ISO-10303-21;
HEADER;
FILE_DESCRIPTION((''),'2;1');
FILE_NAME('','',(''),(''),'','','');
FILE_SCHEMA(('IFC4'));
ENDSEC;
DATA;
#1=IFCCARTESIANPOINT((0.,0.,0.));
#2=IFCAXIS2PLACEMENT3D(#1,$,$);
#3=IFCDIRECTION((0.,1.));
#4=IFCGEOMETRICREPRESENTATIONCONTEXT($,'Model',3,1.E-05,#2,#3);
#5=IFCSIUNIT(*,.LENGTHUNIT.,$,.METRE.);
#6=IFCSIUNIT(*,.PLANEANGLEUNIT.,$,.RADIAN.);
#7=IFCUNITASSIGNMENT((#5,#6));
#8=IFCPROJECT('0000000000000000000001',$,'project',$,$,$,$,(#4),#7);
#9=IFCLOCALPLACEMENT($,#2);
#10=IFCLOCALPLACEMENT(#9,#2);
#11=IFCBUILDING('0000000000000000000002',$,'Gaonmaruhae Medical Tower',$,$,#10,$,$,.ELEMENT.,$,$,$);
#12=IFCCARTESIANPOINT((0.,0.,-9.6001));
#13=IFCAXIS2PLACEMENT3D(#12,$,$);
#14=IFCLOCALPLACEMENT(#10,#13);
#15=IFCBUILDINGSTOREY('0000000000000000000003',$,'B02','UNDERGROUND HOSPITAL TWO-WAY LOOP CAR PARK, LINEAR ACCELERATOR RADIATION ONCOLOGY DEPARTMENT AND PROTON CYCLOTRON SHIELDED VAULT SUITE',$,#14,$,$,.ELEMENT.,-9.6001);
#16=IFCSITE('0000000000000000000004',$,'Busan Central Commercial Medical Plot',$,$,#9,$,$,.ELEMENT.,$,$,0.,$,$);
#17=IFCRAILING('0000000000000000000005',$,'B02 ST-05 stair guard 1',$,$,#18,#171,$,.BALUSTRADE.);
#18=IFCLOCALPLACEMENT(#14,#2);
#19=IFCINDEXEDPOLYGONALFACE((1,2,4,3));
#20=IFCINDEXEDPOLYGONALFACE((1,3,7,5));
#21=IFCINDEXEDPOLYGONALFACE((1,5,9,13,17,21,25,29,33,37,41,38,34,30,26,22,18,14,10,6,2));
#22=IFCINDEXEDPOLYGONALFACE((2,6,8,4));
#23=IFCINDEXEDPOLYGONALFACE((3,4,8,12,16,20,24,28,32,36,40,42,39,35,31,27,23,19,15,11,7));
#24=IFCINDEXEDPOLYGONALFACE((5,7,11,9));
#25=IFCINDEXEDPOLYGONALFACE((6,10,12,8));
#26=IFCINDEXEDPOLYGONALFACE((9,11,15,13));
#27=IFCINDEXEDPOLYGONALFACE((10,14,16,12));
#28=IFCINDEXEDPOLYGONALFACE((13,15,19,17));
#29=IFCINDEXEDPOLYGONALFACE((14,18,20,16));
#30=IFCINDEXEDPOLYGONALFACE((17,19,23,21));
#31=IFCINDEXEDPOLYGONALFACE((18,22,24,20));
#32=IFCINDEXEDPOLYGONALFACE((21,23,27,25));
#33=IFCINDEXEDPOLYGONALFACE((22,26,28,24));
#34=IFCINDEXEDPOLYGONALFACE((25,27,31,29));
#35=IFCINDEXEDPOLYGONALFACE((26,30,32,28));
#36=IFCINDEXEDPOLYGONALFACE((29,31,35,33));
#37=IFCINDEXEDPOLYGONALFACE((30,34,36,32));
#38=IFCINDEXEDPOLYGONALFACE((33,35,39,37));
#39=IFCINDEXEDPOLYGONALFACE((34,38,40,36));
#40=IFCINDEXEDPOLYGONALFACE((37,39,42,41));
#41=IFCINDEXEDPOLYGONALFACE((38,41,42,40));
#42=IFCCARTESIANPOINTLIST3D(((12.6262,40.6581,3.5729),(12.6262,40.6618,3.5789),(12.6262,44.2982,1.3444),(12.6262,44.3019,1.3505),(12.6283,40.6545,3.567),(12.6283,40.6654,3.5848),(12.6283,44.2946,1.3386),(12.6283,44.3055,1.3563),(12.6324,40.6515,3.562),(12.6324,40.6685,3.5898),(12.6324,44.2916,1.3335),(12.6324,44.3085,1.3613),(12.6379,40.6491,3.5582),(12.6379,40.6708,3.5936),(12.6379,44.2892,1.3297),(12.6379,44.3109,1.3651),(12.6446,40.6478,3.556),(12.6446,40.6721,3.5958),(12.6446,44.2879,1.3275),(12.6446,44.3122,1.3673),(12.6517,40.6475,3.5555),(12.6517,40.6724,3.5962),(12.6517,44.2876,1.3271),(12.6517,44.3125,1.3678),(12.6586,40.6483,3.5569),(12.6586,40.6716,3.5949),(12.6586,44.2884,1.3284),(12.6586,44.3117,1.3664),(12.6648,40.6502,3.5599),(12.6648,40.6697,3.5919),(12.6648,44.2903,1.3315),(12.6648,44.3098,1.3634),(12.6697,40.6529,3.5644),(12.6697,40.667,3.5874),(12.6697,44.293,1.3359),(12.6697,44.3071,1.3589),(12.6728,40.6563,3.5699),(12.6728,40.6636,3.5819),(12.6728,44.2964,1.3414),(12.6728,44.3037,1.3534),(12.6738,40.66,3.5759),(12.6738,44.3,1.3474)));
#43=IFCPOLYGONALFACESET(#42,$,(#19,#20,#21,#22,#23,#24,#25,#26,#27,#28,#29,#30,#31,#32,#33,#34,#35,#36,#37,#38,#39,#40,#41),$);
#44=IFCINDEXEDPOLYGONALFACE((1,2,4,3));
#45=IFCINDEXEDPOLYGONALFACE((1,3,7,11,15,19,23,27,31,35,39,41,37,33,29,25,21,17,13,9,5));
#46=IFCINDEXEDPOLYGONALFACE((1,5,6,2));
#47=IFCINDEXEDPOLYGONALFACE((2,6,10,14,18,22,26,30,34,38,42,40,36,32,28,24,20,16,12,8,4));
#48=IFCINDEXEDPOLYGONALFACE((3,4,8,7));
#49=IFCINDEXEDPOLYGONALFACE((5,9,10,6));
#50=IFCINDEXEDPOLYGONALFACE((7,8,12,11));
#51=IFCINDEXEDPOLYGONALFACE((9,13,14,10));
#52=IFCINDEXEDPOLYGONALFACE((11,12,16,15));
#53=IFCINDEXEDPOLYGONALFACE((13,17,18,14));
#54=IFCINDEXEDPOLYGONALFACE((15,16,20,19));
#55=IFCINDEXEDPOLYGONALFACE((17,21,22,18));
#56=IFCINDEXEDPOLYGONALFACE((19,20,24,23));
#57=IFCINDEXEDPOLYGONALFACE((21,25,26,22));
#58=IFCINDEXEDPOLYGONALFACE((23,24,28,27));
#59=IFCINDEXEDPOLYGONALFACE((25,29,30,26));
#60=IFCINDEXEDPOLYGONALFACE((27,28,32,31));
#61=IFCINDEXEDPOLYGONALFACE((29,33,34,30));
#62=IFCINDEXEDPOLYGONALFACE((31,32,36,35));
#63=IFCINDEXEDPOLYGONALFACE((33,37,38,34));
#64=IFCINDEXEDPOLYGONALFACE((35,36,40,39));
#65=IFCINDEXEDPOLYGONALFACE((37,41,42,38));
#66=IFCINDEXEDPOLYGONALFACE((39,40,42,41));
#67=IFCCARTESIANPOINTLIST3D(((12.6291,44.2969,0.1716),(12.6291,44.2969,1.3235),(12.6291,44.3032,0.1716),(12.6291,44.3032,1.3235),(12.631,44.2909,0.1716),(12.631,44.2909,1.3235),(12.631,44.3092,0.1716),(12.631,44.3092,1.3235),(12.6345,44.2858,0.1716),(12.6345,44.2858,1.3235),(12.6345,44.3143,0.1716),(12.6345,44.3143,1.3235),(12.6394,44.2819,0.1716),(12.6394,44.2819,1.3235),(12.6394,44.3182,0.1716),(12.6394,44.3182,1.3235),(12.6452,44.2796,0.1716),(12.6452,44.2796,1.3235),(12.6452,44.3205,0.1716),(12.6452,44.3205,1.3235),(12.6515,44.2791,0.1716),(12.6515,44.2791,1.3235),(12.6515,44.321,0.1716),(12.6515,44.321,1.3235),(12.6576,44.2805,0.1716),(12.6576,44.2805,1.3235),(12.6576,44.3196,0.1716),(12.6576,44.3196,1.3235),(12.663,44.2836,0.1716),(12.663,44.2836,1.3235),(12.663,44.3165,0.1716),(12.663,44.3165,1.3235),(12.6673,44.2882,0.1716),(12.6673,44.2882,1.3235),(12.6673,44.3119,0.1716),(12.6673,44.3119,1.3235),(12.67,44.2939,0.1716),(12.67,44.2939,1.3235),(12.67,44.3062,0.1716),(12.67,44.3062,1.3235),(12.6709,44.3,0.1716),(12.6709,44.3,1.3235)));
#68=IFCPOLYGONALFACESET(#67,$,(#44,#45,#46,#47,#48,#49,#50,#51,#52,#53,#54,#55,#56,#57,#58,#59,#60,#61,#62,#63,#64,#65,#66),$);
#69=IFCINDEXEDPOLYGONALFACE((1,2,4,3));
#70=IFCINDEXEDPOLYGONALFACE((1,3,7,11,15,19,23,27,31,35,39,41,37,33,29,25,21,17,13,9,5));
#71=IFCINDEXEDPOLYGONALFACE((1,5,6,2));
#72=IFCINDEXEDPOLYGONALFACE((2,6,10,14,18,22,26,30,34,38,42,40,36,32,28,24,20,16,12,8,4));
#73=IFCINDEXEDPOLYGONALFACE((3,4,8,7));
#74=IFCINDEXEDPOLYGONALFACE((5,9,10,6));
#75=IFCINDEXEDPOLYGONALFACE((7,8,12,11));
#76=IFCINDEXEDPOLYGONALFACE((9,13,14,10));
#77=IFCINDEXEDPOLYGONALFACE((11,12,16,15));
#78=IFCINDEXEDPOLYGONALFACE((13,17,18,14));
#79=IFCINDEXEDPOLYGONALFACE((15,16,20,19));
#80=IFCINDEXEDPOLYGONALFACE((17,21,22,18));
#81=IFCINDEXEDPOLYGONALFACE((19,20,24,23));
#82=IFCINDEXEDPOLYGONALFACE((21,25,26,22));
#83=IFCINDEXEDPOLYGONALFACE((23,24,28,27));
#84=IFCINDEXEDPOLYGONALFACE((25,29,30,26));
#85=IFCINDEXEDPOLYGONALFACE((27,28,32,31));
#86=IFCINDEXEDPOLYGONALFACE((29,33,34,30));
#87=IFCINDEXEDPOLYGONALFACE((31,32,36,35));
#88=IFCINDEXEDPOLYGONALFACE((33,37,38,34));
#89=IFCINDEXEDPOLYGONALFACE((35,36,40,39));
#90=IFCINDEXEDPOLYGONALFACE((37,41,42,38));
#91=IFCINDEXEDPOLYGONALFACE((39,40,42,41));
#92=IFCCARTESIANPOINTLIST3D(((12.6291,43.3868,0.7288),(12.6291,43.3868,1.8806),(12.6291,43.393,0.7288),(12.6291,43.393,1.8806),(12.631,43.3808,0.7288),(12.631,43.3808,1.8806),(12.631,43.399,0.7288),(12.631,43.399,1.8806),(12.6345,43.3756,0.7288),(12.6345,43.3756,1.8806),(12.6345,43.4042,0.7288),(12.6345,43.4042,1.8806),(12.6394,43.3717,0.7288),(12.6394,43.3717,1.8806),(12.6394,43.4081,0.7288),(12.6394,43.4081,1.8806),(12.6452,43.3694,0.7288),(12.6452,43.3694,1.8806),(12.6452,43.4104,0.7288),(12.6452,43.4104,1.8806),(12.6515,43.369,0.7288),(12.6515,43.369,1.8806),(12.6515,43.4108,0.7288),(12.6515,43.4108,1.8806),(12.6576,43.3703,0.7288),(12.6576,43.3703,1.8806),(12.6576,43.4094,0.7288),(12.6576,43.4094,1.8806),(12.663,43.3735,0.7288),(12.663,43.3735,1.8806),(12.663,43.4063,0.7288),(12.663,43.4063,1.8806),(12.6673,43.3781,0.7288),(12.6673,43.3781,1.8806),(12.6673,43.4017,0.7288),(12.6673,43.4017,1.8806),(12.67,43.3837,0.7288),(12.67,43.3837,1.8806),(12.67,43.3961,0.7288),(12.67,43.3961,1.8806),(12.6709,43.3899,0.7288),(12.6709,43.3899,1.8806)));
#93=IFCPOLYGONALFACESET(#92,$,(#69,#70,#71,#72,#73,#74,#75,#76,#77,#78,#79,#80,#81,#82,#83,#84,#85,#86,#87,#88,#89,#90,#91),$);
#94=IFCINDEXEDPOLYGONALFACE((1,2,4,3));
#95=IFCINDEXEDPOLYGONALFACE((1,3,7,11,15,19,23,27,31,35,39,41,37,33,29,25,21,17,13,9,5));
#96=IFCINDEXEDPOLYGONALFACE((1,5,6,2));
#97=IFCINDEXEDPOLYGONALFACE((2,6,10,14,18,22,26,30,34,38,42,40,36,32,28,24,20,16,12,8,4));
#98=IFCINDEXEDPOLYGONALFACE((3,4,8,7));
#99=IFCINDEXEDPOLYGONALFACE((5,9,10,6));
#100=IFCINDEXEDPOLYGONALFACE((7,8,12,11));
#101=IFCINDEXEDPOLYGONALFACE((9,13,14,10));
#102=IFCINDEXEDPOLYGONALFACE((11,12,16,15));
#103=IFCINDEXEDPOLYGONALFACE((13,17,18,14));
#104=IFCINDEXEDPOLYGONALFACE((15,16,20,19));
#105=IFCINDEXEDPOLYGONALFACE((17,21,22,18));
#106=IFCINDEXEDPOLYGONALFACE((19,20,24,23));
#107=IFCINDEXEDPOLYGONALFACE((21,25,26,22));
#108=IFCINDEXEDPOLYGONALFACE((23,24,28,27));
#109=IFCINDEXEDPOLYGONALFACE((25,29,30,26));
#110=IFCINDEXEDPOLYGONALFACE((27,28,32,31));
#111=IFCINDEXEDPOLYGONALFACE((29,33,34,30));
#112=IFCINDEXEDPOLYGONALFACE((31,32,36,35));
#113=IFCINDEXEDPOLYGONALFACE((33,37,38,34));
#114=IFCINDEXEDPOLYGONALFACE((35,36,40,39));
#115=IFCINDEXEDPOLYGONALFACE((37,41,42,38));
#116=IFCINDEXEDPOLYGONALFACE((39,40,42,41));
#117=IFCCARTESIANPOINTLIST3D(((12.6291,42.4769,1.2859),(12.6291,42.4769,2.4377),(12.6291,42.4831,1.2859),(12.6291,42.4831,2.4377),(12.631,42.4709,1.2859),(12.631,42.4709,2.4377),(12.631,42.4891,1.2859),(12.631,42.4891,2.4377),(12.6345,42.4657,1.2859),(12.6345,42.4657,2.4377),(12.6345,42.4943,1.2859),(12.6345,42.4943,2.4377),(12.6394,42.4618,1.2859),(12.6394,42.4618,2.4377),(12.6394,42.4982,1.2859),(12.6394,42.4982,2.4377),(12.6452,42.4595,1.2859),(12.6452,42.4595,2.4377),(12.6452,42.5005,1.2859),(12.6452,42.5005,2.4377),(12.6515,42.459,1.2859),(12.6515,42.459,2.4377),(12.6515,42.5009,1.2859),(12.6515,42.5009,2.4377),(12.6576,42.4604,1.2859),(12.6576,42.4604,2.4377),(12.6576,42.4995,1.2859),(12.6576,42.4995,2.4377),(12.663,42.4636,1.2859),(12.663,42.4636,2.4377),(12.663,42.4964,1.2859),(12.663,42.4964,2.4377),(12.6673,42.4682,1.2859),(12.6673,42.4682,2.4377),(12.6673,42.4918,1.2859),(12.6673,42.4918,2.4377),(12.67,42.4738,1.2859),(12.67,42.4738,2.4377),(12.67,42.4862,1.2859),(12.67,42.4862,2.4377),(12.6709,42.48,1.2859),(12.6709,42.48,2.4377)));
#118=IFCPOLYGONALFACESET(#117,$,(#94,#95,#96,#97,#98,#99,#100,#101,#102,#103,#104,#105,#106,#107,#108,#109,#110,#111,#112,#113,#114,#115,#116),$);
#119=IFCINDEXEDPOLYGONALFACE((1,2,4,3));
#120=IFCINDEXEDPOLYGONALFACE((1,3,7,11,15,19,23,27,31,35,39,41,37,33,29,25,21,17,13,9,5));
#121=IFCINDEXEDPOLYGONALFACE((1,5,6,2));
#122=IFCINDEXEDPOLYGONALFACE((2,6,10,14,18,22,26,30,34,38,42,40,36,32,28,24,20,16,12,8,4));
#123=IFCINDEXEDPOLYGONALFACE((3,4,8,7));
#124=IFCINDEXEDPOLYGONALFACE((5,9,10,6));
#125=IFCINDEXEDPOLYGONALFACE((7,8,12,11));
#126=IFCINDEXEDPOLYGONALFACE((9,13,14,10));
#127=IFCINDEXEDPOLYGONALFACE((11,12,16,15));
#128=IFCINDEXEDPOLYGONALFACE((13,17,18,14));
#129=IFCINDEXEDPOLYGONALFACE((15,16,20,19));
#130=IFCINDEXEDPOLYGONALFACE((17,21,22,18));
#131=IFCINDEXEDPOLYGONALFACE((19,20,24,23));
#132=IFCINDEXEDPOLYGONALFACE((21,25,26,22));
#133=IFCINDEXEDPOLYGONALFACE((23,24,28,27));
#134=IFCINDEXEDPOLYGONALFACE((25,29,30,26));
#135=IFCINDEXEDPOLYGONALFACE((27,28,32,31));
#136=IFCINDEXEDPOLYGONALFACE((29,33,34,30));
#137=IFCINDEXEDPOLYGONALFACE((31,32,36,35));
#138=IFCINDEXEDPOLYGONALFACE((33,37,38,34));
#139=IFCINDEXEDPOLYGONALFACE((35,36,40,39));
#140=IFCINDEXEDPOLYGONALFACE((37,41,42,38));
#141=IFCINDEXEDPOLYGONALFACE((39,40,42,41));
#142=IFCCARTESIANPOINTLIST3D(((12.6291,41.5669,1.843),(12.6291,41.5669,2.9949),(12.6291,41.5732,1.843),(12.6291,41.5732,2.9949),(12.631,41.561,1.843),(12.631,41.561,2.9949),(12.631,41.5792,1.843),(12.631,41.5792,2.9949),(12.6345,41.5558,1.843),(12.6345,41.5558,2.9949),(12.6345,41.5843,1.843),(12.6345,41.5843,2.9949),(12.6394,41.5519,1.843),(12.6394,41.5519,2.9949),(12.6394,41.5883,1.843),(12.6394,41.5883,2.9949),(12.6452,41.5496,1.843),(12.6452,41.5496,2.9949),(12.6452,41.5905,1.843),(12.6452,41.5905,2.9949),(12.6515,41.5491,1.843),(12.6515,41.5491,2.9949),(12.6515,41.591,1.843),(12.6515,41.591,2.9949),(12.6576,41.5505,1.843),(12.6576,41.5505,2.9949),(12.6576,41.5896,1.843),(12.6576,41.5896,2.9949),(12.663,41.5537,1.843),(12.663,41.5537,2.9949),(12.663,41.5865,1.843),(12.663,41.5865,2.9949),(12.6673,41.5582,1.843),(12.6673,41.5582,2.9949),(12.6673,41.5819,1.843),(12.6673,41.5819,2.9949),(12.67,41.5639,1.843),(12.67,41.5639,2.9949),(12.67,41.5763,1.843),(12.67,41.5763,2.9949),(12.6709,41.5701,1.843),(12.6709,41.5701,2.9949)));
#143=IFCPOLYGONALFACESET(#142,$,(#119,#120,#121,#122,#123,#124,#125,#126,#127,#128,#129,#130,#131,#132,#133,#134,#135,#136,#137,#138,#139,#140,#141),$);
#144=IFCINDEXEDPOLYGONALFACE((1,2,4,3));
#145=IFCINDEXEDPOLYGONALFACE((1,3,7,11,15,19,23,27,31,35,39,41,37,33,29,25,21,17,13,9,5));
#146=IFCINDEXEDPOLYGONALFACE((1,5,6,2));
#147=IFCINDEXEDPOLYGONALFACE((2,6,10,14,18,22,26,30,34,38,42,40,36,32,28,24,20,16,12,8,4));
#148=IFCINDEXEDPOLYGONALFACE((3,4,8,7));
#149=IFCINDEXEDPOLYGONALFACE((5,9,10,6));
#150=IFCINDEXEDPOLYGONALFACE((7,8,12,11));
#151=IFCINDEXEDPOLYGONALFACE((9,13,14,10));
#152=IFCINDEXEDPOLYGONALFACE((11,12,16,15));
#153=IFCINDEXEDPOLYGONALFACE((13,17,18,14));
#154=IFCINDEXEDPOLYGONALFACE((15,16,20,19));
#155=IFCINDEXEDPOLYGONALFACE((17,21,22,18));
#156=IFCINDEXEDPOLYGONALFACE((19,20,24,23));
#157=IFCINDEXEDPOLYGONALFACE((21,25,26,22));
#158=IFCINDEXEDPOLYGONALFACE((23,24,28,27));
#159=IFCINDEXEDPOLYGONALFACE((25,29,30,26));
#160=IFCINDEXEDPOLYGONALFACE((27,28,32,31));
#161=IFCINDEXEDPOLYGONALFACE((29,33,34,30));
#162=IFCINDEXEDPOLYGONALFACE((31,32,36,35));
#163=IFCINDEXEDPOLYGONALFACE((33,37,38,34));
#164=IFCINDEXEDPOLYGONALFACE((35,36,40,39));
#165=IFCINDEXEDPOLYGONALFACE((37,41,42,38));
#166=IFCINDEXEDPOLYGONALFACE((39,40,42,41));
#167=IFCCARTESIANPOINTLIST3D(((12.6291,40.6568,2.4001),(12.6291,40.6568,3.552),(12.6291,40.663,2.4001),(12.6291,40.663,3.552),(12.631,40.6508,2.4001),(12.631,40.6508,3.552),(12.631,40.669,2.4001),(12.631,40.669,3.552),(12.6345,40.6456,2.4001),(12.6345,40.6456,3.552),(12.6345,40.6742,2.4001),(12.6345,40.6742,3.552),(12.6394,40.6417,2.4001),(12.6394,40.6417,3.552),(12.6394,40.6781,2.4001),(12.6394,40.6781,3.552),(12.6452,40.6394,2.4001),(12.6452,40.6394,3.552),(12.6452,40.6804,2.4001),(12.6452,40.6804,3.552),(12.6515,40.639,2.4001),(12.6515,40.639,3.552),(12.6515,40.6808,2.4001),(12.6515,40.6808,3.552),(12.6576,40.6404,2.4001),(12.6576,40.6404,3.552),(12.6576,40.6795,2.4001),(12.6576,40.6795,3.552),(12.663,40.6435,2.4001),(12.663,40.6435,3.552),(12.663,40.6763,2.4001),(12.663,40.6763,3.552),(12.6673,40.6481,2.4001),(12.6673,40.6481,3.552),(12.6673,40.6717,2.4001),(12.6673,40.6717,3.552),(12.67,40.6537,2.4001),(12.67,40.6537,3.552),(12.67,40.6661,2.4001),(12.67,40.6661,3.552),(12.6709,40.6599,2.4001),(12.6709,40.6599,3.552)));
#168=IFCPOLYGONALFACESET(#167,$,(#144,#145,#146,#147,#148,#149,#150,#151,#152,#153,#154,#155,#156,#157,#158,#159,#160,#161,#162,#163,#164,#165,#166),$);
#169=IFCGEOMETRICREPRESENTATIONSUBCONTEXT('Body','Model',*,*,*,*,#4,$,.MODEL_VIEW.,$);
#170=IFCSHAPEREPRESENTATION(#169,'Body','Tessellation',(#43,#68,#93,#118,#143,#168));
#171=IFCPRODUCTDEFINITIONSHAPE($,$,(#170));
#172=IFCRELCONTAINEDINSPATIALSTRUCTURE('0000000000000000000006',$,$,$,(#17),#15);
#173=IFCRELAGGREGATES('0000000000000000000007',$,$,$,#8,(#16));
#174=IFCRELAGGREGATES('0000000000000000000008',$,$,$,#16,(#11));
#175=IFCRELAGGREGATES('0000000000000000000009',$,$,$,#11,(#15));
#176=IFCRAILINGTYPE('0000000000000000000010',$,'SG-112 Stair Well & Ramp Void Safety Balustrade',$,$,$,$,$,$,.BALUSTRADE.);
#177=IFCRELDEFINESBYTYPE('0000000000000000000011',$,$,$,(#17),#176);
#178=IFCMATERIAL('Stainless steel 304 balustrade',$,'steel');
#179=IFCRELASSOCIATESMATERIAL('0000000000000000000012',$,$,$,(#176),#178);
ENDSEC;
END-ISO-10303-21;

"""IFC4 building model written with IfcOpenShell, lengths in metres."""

from ifc_helpers import new_model, si_unit, direction, frame, origin, origin_2d, place, context, subcontext, project, spatial, circle, extrude, material, type_object, element, save


model = new_model("IFC4")

# Units and contexts
model_context = context("Model", 3, precision=1e-05, world=origin(), true_north=direction((0.0, 1.0)))
body_context = subcontext(model_context, "Body", "Model", "MODEL_VIEW")
ifc_project = project(units=[si_unit("LENGTHUNIT", "METRE"), si_unit("PLANEANGLEUNIT", "RADIAN")], contexts=[model_context])

# Site, building, storey
site_placement = place(None, origin())
site = spatial("IfcSite", under=ifc_project, at=site_placement, Name="Busan Central Commercial Medical Plot", CompositionType="ELEMENT", RefElevation=0.0)
building_placement = place(site_placement, origin())
building = spatial("IfcBuilding", under=site, at=building_placement, Name="Gaonmaruhae Medical Tower", CompositionType="ELEMENT")
storey_placement = place(building_placement, frame((0.0, 0.0, -9.6001)))
storey = spatial("IfcBuildingStorey", under=building, at=storey_placement, Name="B02", Description="UNDERGROUND HOSPITAL TWO-WAY LOOP CAR PARK, LINEAR ACCELERATOR RADIATION ONCOLOGY DEPARTMENT AND PROTON CYCLOTRON SHIELDED VAULT SUITE", CompositionType="ELEMENT", Elevation=-9.6001)

# Railing
ifc_material_1 = material(Name="Stainless steel 304 balustrade", Category="steel")
railing_type_1 = type_object("IfcRailingType", Name="SG-112 Stair Well & Ramp Void Safety Balustrade", PredefinedType="BALUSTRADE", material=ifc_material_1)
railing_1_placement = place(storey_placement, frame((12.6499, 44.3, 0.1716)))
element("IfcRailing", 1, at=railing_1_placement, inside=storey, type_object=railing_type_1, Name="B02 ST-05 stair guard 1", PredefinedType="BALUSTRADE", context=body_context, shape_type="SweptSolid", body=[
    extrude(circle(Radius=0.0239, at=origin_2d()), frame((0.0, 0.0, 1.1758), z_axis=(0.0, -0.852866, 0.52213), x_axis=(1.0, 0.0, 0.0)), (0.0, 0.0, 1.0), 4.2681),
    extrude(circle(Radius=0.021, at=origin_2d()), origin(), (0.0, 0.0, 1.0), 1.1519),
    extrude(circle(Radius=0.021, at=origin_2d()), frame((0.0, -0.9102, 0.5571)), (0.0, 0.0, 1.0), 1.1519),
    extrude(circle(Radius=0.021, at=origin_2d()), frame((0.0, -1.8201, 1.1143)), (0.0, 0.0, 1.0), 1.1519),
    extrude(circle(Radius=0.021, at=origin_2d()), frame((0.0, -2.73, 1.6714)), (0.0, 0.0, 1.0), 1.1519),
    extrude(circle(Radius=0.021, at=origin_2d()), frame((0.0, -3.6401, 2.2285)), (0.0, 0.0, 1.0), 1.1519),
])

save(model, "model.ifc")
